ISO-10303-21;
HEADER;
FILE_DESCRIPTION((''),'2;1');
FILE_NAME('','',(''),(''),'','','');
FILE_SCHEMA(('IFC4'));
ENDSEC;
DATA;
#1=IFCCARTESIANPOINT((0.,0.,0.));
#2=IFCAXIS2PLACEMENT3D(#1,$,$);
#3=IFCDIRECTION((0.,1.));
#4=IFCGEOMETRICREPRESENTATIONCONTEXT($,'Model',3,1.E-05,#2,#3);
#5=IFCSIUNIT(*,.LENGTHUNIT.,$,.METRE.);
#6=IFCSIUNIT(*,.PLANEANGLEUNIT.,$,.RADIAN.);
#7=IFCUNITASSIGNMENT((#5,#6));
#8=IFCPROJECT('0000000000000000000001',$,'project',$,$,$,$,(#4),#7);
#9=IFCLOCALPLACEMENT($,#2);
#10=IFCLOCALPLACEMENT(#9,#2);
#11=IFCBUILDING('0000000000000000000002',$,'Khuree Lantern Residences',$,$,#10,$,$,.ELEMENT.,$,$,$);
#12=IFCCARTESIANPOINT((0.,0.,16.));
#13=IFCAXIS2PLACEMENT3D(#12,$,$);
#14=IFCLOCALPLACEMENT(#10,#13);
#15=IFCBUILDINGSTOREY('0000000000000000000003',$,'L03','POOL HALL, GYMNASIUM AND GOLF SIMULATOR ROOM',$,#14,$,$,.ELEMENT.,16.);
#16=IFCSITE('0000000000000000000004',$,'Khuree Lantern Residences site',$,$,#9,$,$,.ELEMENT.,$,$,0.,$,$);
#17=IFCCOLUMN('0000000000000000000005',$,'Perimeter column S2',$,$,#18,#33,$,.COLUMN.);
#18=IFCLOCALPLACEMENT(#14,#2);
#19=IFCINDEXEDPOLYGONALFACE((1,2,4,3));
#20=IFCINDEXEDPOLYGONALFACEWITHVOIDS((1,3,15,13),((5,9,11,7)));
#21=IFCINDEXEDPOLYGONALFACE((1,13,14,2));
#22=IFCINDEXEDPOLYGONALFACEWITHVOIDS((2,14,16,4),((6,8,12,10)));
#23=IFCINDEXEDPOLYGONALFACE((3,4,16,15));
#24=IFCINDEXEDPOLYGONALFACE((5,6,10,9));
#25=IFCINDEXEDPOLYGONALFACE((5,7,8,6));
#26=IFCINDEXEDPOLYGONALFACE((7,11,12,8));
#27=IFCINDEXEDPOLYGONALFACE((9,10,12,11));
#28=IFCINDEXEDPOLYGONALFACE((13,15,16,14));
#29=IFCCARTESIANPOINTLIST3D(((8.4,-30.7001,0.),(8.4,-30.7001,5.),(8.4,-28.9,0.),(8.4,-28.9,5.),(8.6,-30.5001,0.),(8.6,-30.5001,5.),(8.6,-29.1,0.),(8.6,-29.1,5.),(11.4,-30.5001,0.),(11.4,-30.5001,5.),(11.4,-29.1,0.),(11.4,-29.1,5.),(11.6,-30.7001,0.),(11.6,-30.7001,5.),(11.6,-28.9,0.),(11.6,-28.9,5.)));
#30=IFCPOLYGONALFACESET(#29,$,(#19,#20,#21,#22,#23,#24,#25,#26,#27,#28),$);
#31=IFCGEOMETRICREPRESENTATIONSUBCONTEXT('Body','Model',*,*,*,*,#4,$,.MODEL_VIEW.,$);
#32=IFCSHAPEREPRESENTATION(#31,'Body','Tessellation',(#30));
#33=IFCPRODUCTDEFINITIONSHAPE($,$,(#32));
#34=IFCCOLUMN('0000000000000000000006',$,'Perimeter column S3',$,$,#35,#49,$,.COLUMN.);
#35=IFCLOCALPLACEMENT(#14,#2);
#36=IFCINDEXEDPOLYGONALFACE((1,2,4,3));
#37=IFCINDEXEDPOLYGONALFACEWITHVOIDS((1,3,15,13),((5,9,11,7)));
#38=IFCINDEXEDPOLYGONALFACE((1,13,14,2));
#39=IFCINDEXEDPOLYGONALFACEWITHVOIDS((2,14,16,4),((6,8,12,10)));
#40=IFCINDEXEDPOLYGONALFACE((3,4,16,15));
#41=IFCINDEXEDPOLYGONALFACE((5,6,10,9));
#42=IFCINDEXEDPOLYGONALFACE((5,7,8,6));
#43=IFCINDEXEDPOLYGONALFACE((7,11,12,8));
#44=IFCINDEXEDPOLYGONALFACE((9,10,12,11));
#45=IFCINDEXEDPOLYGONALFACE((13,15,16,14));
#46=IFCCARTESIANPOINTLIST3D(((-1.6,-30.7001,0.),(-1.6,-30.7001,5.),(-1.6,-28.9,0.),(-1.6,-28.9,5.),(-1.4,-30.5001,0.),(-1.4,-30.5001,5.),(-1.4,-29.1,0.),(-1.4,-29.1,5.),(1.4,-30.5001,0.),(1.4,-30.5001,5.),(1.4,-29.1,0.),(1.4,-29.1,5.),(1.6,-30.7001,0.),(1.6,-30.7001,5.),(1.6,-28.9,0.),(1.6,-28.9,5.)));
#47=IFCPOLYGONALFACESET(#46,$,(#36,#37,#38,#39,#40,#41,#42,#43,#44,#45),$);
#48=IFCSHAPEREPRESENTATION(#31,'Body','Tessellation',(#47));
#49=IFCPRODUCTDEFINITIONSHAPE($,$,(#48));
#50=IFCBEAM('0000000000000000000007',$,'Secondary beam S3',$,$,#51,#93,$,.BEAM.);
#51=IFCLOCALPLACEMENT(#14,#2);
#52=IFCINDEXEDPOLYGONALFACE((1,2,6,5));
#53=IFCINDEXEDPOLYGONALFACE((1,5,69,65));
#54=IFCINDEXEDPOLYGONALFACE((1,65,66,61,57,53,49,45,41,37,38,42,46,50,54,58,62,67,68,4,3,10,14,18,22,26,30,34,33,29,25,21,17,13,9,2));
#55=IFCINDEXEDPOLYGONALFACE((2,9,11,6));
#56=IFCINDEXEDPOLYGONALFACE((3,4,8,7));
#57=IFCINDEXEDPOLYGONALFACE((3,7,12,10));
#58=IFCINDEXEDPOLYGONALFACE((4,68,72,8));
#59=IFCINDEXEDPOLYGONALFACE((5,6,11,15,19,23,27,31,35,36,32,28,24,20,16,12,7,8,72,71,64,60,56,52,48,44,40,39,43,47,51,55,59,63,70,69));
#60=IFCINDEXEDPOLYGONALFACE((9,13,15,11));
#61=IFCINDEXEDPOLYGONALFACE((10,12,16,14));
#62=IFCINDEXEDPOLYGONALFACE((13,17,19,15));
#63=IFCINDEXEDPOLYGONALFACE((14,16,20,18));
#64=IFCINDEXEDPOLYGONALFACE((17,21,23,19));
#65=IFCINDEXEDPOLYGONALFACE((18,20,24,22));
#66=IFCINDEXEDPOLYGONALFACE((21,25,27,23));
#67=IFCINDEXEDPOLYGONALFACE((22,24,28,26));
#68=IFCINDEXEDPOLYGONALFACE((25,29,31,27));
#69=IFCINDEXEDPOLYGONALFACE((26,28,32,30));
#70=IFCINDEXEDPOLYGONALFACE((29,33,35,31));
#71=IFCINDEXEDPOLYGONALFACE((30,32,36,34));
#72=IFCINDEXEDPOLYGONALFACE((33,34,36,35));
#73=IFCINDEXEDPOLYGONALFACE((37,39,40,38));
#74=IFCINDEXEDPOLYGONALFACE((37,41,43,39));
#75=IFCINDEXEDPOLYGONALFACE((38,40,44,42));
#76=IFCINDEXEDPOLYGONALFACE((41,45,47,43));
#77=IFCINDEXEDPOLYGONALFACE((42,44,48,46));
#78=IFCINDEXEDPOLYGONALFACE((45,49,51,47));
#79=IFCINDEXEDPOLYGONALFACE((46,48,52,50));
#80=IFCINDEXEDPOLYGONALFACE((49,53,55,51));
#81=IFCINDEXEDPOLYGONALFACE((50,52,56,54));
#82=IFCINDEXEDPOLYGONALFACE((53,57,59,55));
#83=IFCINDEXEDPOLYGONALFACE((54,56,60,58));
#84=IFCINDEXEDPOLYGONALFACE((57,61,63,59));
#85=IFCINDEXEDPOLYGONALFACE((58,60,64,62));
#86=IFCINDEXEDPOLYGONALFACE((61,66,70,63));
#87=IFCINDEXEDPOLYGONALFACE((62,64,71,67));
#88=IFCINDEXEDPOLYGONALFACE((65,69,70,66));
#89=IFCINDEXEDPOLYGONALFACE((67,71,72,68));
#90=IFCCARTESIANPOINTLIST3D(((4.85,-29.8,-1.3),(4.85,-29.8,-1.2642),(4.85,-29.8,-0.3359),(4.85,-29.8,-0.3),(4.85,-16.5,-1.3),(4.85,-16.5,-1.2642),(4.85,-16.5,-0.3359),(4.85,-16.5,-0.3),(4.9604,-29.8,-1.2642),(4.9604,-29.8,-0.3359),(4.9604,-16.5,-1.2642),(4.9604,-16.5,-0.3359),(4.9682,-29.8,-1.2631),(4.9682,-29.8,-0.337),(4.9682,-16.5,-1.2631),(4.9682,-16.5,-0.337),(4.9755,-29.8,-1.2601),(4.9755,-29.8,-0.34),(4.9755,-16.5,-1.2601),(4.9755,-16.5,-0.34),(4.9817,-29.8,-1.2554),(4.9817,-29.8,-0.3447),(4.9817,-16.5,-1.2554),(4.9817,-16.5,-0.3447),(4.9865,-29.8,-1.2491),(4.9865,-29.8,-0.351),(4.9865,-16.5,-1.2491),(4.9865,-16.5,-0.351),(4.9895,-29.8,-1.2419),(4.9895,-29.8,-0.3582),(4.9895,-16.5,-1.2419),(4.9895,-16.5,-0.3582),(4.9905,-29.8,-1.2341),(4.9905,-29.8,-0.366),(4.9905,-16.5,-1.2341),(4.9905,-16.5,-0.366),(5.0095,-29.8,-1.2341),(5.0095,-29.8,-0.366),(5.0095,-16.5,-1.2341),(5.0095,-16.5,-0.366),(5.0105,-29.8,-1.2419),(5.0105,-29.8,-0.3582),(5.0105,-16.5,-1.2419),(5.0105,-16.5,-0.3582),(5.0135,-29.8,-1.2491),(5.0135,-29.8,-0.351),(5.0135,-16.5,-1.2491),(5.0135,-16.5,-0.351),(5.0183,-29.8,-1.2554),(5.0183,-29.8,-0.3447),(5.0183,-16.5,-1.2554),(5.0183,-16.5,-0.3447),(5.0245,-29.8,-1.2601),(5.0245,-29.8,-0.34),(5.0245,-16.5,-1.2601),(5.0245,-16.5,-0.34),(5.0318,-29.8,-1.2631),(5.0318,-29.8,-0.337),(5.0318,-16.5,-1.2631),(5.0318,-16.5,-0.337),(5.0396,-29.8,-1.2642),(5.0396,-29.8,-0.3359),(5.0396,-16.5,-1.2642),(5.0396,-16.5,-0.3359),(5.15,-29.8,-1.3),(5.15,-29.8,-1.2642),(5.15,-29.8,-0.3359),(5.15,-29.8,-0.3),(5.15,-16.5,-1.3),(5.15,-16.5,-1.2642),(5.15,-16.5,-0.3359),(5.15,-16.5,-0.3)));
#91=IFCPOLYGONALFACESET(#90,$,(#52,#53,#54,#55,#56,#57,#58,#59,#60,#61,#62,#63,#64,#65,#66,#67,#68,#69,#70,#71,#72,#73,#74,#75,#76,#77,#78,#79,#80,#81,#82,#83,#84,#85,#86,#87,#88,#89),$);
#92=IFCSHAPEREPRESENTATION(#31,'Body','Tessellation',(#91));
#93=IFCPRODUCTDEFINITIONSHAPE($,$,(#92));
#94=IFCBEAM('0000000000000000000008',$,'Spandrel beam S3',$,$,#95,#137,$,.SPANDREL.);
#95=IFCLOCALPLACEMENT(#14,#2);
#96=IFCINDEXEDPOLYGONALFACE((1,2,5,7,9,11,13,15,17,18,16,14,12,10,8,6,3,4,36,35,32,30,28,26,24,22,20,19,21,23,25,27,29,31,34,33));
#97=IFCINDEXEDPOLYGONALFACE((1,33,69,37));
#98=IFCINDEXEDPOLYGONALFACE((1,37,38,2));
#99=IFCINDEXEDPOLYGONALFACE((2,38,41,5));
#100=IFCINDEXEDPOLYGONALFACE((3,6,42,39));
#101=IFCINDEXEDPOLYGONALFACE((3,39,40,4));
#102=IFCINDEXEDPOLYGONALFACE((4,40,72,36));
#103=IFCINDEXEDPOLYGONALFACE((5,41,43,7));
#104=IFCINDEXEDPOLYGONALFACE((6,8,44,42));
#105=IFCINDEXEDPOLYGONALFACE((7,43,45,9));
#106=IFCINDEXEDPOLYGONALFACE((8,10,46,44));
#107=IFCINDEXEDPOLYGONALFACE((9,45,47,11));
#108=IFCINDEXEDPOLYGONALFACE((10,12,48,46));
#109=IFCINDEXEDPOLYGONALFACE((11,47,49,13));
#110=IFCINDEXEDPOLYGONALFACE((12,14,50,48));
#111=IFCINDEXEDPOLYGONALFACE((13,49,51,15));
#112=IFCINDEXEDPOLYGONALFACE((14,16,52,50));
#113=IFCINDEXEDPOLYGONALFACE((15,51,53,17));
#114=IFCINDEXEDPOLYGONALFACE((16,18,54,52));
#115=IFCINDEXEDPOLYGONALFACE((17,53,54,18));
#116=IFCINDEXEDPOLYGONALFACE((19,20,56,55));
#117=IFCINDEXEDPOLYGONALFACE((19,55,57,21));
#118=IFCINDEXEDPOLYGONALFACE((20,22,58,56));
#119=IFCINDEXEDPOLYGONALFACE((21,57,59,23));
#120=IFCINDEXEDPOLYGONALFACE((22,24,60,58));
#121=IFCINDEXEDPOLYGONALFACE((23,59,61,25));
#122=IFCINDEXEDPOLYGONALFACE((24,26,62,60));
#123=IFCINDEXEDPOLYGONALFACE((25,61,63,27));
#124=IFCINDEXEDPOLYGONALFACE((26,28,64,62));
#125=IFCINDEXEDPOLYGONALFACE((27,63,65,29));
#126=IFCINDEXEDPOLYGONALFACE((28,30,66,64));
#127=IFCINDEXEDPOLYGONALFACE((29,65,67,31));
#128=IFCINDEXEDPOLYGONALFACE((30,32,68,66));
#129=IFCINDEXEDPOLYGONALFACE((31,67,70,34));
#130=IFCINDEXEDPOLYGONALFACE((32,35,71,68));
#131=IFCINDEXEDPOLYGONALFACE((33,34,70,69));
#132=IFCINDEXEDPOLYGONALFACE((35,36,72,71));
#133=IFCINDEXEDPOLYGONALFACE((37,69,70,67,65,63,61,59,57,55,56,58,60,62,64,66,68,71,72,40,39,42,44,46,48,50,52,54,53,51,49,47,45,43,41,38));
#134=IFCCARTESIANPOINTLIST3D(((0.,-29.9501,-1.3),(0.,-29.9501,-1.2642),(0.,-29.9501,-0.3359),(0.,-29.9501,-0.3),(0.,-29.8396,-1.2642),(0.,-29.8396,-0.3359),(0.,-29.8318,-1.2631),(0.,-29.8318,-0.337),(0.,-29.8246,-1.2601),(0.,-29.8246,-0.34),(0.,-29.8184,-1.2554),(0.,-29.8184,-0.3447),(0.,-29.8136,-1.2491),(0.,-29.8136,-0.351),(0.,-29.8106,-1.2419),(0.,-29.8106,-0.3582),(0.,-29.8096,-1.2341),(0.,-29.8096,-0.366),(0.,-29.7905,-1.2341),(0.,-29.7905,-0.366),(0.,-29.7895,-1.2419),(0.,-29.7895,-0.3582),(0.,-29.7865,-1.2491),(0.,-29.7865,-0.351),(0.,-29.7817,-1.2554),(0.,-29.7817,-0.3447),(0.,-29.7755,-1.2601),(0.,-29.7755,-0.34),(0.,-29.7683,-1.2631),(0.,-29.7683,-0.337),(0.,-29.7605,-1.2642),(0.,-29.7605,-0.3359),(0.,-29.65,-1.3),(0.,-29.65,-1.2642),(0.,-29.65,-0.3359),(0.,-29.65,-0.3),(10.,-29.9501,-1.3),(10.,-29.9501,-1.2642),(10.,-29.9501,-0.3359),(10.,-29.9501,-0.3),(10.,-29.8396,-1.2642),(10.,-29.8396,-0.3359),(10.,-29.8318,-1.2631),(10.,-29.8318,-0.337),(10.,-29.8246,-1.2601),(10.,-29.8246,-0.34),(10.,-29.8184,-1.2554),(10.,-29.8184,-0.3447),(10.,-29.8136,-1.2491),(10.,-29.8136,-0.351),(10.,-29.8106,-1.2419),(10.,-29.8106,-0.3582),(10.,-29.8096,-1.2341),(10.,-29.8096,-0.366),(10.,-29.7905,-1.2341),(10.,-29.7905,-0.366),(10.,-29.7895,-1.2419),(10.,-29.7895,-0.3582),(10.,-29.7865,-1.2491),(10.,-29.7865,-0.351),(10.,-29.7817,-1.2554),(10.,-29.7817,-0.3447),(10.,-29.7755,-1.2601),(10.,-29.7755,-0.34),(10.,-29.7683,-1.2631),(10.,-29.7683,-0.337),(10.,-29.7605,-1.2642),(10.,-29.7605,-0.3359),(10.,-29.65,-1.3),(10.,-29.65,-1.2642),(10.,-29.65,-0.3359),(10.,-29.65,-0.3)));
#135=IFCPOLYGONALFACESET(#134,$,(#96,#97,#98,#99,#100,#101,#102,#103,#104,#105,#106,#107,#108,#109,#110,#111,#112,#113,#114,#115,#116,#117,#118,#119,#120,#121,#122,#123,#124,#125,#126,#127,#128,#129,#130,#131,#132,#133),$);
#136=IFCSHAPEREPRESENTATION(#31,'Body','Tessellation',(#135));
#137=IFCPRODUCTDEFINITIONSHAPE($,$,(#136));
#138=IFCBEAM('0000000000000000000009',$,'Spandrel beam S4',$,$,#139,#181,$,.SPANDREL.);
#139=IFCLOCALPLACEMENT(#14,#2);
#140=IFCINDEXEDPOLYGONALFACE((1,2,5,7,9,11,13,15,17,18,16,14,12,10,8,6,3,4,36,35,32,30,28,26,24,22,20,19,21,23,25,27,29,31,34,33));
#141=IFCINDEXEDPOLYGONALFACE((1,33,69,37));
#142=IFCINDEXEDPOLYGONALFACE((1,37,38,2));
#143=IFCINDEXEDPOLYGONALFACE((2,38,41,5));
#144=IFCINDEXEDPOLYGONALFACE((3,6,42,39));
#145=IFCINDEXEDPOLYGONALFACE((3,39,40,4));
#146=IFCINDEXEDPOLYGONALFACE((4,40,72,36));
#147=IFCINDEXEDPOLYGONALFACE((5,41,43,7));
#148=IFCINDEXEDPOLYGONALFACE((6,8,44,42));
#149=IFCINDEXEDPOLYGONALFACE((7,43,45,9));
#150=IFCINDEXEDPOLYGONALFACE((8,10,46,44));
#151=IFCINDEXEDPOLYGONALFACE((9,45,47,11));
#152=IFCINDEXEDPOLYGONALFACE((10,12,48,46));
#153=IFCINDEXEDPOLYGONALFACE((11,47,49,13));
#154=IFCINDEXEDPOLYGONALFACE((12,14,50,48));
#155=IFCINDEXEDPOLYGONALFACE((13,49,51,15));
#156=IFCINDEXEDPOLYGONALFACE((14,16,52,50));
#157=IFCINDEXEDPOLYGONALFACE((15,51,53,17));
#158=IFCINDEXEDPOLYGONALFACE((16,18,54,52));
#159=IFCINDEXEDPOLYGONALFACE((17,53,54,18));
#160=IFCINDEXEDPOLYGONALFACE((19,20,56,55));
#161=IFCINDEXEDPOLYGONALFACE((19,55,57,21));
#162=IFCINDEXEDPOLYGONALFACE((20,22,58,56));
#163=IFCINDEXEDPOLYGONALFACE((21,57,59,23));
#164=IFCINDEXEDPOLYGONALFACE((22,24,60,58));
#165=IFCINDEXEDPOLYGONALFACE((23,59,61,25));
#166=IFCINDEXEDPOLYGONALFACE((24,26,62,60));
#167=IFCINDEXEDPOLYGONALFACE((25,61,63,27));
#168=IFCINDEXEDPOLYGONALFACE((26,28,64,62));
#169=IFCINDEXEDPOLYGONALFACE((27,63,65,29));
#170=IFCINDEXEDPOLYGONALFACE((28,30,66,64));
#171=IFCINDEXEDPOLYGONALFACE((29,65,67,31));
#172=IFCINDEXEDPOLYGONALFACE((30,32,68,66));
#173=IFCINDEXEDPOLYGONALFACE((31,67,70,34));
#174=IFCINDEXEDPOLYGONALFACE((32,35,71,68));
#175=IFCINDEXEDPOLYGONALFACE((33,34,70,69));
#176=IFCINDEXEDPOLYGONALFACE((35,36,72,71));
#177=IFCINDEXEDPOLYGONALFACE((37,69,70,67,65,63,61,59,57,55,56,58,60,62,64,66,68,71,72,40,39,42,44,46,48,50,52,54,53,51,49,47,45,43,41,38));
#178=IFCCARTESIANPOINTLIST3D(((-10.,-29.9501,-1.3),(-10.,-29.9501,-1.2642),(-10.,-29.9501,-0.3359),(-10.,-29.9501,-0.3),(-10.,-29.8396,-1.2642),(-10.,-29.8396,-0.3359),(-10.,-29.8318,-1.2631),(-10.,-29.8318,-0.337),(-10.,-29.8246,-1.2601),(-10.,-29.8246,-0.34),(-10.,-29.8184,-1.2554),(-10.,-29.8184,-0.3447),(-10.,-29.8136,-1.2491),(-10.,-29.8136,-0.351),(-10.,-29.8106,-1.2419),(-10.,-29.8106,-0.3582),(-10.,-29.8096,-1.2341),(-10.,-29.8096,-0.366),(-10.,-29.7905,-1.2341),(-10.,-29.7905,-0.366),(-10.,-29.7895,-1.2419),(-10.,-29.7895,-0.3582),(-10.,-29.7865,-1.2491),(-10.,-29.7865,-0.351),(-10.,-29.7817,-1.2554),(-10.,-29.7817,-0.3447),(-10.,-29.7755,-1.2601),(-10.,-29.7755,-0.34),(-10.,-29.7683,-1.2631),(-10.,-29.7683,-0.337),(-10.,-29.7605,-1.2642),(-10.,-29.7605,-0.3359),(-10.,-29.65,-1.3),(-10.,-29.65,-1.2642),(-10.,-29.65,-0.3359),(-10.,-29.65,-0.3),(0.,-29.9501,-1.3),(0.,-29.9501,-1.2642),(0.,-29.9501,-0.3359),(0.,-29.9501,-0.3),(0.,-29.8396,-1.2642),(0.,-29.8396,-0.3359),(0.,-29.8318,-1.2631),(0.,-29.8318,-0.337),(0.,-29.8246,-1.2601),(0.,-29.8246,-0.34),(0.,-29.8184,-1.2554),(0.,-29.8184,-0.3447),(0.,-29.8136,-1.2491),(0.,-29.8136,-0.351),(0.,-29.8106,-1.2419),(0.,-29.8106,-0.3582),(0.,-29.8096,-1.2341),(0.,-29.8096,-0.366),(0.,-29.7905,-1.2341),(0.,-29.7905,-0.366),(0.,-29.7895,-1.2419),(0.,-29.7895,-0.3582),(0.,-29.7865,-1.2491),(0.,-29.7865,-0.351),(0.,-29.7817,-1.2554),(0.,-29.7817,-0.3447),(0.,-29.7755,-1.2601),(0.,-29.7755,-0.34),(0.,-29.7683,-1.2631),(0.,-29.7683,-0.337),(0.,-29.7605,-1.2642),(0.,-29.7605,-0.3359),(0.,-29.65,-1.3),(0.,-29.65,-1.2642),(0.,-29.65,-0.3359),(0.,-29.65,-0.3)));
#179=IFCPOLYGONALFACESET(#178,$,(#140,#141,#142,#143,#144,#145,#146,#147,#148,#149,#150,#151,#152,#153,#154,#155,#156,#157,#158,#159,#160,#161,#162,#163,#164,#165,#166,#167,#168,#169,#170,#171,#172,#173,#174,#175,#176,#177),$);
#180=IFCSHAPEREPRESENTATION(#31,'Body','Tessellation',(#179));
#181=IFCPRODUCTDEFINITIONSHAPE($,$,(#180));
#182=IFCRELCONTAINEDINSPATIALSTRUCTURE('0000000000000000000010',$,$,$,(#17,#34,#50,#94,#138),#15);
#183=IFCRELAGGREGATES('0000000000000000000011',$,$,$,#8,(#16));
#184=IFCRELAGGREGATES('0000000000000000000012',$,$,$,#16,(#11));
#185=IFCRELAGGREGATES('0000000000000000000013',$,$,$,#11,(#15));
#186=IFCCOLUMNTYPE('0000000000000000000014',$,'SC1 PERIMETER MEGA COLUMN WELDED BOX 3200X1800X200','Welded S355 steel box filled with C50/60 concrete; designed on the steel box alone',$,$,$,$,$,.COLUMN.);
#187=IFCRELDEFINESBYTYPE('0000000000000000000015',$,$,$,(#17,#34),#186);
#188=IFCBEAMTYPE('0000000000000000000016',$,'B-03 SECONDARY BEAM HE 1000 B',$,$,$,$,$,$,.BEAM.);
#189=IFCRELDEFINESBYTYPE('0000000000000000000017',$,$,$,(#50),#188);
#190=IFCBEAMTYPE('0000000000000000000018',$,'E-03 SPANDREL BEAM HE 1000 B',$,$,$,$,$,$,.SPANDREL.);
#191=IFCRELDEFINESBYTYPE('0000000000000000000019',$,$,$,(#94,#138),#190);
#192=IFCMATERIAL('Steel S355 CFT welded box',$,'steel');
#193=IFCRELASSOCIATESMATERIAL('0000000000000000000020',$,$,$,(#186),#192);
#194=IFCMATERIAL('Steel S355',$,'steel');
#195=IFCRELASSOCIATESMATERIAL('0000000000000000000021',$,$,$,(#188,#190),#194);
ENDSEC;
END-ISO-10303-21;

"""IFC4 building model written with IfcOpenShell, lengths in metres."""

from ifc_helpers import new_model, si_unit, direction, frame, origin, origin_2d, place, context, subcontext, project, spatial, hollow_rectangle, i_section, extrude, material, material_profile, profile_set, type_object, element, save


model = new_model("IFC4")

# Units and contexts
model_context = context("Model", 3, precision=1e-05, world=origin(), true_north=direction((0.0, 1.0)))
body_context = subcontext(model_context, "Body", "Model", "MODEL_VIEW")
ifc_project = project(units=[si_unit("LENGTHUNIT", "METRE"), si_unit("PLANEANGLEUNIT", "RADIAN")], contexts=[model_context])

# Site, building, storey
site_placement = place(None, origin())
site = spatial("IfcSite", under=ifc_project, at=site_placement, Name="Khuree Lantern Residences site", CompositionType="ELEMENT", RefElevation=0.0)
building_placement = place(site_placement, origin())
building = spatial("IfcBuilding", under=site, at=building_placement, Name="Khuree Lantern Residences", CompositionType="ELEMENT")
storey_placement = place(building_placement, frame((0.0, 0.0, 16.0)))
storey = spatial("IfcBuildingStorey", under=building, at=storey_placement, Name="L03", Description="POOL HALL, GYMNASIUM AND GOLF SIMULATOR ROOM", CompositionType="ELEMENT", Elevation=16.0)

# Columns
ifc_material_1 = material(Name="Steel S355 CFT welded box", Category="steel")
ifc_material_profile_1 = material_profile(ifc_material_1, hollow_rectangle(XDim=3.2, YDim=1.8, WallThickness=0.2, at=origin_2d()), Name="WELDED BOX 3200X1800X200")
ifc_profile_set_1 = profile_set([ifc_material_profile_1], Name="Steel S355 CFT welded box")
column_type = type_object("IfcColumnType", Name="SC1 PERIMETER MEGA COLUMN WELDED BOX 3200X1800X200", Description="Welded S355 steel box filled with C50/60 concrete; designed on the steel box alone", PredefinedType="COLUMN", material=ifc_profile_set_1)
for number, where, z_axis, x_axis, name in (
    (1, (10.0, -29.8, 0.0), (0.0, 0.0, 1.0), (1.0, 0.0, 0.0), "Perimeter column S2"),
    (2, (0.0, -29.8, 0.0), (0.0, 0.0, 1.0), (1.0, 0.0, 0.0), "Perimeter column S3"),
):
    element("IfcColumn", number, at=place(storey_placement, frame(where, z_axis=z_axis, x_axis=x_axis)), inside=storey, type_object=column_type, Name=name, PredefinedType="COLUMN", context=body_context, shape_type="SweptSolid", body=[
        extrude(hollow_rectangle(XDim=3.2, YDim=1.8, WallThickness=0.2, at=origin_2d()), origin(), (0.0, 0.0, 1.0), 5.0),
    ])

# Beams
ifc_material_2 = material(Name="Steel S355", Category="steel")
ifc_material_profile_2 = material_profile(ifc_material_2, i_section(OverallWidth=0.3, OverallDepth=1.0, WebThickness=0.019, FlangeThickness=0.0359, FilletRadius=0.03, at=origin_2d()), Name="HE 1000 B")
ifc_profile_set_2 = profile_set([ifc_material_profile_2], Name="Steel S355")
beam_type_1 = type_object("IfcBeamType", Name="B-03 SECONDARY BEAM HE 1000 B", PredefinedType="BEAM", material=ifc_profile_set_2)
beam_placement = place(storey_placement, frame((5.0, -29.8, -0.8), z_axis=(0.0, 1.0, 0.0), x_axis=(-1.0, 0.0, 0.0)))
element("IfcBeam", 3, at=beam_placement, inside=storey, type_object=beam_type_1, Name="Secondary beam S3", PredefinedType="BEAM", context=body_context, shape_type="SweptSolid", body=[
    extrude(i_section(OverallWidth=0.3, OverallDepth=1.0, WebThickness=0.019, FlangeThickness=0.0359, FilletRadius=0.03, at=origin_2d()), origin(), (0.0, 0.0, 1.0), 13.3),
])
ifc_material_profile_3 = material_profile(ifc_material_2, i_section(OverallWidth=0.3, OverallDepth=1.0, WebThickness=0.019, FlangeThickness=0.0359, FilletRadius=0.03, at=origin_2d()), Name="HE 1000 B")
ifc_profile_set_3 = profile_set([ifc_material_profile_3], Name="Steel S355")
beam_type_2 = type_object("IfcBeamType", Name="E-03 SPANDREL BEAM HE 1000 B", PredefinedType="SPANDREL", material=ifc_profile_set_3)
for number, where, z_axis, x_axis, name in (
    (4, (10.0, -29.8, -0.8), (-1.0, 0.0, 0.0), (0.0, -1.0, 0.0), "Spandrel beam S3"),
    (5, (0.0, -29.8, -0.8), (-1.0, 0.0, 0.0), (0.0, -1.0, 0.0), "Spandrel beam S4"),
):
    element("IfcBeam", number, at=place(storey_placement, frame(where, z_axis=z_axis, x_axis=x_axis)), inside=storey, type_object=beam_type_2, Name=name, PredefinedType="SPANDREL", context=body_context, shape_type="SweptSolid", body=[
        extrude(i_section(OverallWidth=0.3, OverallDepth=1.0, WebThickness=0.019, FlangeThickness=0.0359, FilletRadius=0.03, at=origin_2d()), origin(), (0.0, 0.0, 1.0), 10.0),
    ])

save(model, "model.ifc")
